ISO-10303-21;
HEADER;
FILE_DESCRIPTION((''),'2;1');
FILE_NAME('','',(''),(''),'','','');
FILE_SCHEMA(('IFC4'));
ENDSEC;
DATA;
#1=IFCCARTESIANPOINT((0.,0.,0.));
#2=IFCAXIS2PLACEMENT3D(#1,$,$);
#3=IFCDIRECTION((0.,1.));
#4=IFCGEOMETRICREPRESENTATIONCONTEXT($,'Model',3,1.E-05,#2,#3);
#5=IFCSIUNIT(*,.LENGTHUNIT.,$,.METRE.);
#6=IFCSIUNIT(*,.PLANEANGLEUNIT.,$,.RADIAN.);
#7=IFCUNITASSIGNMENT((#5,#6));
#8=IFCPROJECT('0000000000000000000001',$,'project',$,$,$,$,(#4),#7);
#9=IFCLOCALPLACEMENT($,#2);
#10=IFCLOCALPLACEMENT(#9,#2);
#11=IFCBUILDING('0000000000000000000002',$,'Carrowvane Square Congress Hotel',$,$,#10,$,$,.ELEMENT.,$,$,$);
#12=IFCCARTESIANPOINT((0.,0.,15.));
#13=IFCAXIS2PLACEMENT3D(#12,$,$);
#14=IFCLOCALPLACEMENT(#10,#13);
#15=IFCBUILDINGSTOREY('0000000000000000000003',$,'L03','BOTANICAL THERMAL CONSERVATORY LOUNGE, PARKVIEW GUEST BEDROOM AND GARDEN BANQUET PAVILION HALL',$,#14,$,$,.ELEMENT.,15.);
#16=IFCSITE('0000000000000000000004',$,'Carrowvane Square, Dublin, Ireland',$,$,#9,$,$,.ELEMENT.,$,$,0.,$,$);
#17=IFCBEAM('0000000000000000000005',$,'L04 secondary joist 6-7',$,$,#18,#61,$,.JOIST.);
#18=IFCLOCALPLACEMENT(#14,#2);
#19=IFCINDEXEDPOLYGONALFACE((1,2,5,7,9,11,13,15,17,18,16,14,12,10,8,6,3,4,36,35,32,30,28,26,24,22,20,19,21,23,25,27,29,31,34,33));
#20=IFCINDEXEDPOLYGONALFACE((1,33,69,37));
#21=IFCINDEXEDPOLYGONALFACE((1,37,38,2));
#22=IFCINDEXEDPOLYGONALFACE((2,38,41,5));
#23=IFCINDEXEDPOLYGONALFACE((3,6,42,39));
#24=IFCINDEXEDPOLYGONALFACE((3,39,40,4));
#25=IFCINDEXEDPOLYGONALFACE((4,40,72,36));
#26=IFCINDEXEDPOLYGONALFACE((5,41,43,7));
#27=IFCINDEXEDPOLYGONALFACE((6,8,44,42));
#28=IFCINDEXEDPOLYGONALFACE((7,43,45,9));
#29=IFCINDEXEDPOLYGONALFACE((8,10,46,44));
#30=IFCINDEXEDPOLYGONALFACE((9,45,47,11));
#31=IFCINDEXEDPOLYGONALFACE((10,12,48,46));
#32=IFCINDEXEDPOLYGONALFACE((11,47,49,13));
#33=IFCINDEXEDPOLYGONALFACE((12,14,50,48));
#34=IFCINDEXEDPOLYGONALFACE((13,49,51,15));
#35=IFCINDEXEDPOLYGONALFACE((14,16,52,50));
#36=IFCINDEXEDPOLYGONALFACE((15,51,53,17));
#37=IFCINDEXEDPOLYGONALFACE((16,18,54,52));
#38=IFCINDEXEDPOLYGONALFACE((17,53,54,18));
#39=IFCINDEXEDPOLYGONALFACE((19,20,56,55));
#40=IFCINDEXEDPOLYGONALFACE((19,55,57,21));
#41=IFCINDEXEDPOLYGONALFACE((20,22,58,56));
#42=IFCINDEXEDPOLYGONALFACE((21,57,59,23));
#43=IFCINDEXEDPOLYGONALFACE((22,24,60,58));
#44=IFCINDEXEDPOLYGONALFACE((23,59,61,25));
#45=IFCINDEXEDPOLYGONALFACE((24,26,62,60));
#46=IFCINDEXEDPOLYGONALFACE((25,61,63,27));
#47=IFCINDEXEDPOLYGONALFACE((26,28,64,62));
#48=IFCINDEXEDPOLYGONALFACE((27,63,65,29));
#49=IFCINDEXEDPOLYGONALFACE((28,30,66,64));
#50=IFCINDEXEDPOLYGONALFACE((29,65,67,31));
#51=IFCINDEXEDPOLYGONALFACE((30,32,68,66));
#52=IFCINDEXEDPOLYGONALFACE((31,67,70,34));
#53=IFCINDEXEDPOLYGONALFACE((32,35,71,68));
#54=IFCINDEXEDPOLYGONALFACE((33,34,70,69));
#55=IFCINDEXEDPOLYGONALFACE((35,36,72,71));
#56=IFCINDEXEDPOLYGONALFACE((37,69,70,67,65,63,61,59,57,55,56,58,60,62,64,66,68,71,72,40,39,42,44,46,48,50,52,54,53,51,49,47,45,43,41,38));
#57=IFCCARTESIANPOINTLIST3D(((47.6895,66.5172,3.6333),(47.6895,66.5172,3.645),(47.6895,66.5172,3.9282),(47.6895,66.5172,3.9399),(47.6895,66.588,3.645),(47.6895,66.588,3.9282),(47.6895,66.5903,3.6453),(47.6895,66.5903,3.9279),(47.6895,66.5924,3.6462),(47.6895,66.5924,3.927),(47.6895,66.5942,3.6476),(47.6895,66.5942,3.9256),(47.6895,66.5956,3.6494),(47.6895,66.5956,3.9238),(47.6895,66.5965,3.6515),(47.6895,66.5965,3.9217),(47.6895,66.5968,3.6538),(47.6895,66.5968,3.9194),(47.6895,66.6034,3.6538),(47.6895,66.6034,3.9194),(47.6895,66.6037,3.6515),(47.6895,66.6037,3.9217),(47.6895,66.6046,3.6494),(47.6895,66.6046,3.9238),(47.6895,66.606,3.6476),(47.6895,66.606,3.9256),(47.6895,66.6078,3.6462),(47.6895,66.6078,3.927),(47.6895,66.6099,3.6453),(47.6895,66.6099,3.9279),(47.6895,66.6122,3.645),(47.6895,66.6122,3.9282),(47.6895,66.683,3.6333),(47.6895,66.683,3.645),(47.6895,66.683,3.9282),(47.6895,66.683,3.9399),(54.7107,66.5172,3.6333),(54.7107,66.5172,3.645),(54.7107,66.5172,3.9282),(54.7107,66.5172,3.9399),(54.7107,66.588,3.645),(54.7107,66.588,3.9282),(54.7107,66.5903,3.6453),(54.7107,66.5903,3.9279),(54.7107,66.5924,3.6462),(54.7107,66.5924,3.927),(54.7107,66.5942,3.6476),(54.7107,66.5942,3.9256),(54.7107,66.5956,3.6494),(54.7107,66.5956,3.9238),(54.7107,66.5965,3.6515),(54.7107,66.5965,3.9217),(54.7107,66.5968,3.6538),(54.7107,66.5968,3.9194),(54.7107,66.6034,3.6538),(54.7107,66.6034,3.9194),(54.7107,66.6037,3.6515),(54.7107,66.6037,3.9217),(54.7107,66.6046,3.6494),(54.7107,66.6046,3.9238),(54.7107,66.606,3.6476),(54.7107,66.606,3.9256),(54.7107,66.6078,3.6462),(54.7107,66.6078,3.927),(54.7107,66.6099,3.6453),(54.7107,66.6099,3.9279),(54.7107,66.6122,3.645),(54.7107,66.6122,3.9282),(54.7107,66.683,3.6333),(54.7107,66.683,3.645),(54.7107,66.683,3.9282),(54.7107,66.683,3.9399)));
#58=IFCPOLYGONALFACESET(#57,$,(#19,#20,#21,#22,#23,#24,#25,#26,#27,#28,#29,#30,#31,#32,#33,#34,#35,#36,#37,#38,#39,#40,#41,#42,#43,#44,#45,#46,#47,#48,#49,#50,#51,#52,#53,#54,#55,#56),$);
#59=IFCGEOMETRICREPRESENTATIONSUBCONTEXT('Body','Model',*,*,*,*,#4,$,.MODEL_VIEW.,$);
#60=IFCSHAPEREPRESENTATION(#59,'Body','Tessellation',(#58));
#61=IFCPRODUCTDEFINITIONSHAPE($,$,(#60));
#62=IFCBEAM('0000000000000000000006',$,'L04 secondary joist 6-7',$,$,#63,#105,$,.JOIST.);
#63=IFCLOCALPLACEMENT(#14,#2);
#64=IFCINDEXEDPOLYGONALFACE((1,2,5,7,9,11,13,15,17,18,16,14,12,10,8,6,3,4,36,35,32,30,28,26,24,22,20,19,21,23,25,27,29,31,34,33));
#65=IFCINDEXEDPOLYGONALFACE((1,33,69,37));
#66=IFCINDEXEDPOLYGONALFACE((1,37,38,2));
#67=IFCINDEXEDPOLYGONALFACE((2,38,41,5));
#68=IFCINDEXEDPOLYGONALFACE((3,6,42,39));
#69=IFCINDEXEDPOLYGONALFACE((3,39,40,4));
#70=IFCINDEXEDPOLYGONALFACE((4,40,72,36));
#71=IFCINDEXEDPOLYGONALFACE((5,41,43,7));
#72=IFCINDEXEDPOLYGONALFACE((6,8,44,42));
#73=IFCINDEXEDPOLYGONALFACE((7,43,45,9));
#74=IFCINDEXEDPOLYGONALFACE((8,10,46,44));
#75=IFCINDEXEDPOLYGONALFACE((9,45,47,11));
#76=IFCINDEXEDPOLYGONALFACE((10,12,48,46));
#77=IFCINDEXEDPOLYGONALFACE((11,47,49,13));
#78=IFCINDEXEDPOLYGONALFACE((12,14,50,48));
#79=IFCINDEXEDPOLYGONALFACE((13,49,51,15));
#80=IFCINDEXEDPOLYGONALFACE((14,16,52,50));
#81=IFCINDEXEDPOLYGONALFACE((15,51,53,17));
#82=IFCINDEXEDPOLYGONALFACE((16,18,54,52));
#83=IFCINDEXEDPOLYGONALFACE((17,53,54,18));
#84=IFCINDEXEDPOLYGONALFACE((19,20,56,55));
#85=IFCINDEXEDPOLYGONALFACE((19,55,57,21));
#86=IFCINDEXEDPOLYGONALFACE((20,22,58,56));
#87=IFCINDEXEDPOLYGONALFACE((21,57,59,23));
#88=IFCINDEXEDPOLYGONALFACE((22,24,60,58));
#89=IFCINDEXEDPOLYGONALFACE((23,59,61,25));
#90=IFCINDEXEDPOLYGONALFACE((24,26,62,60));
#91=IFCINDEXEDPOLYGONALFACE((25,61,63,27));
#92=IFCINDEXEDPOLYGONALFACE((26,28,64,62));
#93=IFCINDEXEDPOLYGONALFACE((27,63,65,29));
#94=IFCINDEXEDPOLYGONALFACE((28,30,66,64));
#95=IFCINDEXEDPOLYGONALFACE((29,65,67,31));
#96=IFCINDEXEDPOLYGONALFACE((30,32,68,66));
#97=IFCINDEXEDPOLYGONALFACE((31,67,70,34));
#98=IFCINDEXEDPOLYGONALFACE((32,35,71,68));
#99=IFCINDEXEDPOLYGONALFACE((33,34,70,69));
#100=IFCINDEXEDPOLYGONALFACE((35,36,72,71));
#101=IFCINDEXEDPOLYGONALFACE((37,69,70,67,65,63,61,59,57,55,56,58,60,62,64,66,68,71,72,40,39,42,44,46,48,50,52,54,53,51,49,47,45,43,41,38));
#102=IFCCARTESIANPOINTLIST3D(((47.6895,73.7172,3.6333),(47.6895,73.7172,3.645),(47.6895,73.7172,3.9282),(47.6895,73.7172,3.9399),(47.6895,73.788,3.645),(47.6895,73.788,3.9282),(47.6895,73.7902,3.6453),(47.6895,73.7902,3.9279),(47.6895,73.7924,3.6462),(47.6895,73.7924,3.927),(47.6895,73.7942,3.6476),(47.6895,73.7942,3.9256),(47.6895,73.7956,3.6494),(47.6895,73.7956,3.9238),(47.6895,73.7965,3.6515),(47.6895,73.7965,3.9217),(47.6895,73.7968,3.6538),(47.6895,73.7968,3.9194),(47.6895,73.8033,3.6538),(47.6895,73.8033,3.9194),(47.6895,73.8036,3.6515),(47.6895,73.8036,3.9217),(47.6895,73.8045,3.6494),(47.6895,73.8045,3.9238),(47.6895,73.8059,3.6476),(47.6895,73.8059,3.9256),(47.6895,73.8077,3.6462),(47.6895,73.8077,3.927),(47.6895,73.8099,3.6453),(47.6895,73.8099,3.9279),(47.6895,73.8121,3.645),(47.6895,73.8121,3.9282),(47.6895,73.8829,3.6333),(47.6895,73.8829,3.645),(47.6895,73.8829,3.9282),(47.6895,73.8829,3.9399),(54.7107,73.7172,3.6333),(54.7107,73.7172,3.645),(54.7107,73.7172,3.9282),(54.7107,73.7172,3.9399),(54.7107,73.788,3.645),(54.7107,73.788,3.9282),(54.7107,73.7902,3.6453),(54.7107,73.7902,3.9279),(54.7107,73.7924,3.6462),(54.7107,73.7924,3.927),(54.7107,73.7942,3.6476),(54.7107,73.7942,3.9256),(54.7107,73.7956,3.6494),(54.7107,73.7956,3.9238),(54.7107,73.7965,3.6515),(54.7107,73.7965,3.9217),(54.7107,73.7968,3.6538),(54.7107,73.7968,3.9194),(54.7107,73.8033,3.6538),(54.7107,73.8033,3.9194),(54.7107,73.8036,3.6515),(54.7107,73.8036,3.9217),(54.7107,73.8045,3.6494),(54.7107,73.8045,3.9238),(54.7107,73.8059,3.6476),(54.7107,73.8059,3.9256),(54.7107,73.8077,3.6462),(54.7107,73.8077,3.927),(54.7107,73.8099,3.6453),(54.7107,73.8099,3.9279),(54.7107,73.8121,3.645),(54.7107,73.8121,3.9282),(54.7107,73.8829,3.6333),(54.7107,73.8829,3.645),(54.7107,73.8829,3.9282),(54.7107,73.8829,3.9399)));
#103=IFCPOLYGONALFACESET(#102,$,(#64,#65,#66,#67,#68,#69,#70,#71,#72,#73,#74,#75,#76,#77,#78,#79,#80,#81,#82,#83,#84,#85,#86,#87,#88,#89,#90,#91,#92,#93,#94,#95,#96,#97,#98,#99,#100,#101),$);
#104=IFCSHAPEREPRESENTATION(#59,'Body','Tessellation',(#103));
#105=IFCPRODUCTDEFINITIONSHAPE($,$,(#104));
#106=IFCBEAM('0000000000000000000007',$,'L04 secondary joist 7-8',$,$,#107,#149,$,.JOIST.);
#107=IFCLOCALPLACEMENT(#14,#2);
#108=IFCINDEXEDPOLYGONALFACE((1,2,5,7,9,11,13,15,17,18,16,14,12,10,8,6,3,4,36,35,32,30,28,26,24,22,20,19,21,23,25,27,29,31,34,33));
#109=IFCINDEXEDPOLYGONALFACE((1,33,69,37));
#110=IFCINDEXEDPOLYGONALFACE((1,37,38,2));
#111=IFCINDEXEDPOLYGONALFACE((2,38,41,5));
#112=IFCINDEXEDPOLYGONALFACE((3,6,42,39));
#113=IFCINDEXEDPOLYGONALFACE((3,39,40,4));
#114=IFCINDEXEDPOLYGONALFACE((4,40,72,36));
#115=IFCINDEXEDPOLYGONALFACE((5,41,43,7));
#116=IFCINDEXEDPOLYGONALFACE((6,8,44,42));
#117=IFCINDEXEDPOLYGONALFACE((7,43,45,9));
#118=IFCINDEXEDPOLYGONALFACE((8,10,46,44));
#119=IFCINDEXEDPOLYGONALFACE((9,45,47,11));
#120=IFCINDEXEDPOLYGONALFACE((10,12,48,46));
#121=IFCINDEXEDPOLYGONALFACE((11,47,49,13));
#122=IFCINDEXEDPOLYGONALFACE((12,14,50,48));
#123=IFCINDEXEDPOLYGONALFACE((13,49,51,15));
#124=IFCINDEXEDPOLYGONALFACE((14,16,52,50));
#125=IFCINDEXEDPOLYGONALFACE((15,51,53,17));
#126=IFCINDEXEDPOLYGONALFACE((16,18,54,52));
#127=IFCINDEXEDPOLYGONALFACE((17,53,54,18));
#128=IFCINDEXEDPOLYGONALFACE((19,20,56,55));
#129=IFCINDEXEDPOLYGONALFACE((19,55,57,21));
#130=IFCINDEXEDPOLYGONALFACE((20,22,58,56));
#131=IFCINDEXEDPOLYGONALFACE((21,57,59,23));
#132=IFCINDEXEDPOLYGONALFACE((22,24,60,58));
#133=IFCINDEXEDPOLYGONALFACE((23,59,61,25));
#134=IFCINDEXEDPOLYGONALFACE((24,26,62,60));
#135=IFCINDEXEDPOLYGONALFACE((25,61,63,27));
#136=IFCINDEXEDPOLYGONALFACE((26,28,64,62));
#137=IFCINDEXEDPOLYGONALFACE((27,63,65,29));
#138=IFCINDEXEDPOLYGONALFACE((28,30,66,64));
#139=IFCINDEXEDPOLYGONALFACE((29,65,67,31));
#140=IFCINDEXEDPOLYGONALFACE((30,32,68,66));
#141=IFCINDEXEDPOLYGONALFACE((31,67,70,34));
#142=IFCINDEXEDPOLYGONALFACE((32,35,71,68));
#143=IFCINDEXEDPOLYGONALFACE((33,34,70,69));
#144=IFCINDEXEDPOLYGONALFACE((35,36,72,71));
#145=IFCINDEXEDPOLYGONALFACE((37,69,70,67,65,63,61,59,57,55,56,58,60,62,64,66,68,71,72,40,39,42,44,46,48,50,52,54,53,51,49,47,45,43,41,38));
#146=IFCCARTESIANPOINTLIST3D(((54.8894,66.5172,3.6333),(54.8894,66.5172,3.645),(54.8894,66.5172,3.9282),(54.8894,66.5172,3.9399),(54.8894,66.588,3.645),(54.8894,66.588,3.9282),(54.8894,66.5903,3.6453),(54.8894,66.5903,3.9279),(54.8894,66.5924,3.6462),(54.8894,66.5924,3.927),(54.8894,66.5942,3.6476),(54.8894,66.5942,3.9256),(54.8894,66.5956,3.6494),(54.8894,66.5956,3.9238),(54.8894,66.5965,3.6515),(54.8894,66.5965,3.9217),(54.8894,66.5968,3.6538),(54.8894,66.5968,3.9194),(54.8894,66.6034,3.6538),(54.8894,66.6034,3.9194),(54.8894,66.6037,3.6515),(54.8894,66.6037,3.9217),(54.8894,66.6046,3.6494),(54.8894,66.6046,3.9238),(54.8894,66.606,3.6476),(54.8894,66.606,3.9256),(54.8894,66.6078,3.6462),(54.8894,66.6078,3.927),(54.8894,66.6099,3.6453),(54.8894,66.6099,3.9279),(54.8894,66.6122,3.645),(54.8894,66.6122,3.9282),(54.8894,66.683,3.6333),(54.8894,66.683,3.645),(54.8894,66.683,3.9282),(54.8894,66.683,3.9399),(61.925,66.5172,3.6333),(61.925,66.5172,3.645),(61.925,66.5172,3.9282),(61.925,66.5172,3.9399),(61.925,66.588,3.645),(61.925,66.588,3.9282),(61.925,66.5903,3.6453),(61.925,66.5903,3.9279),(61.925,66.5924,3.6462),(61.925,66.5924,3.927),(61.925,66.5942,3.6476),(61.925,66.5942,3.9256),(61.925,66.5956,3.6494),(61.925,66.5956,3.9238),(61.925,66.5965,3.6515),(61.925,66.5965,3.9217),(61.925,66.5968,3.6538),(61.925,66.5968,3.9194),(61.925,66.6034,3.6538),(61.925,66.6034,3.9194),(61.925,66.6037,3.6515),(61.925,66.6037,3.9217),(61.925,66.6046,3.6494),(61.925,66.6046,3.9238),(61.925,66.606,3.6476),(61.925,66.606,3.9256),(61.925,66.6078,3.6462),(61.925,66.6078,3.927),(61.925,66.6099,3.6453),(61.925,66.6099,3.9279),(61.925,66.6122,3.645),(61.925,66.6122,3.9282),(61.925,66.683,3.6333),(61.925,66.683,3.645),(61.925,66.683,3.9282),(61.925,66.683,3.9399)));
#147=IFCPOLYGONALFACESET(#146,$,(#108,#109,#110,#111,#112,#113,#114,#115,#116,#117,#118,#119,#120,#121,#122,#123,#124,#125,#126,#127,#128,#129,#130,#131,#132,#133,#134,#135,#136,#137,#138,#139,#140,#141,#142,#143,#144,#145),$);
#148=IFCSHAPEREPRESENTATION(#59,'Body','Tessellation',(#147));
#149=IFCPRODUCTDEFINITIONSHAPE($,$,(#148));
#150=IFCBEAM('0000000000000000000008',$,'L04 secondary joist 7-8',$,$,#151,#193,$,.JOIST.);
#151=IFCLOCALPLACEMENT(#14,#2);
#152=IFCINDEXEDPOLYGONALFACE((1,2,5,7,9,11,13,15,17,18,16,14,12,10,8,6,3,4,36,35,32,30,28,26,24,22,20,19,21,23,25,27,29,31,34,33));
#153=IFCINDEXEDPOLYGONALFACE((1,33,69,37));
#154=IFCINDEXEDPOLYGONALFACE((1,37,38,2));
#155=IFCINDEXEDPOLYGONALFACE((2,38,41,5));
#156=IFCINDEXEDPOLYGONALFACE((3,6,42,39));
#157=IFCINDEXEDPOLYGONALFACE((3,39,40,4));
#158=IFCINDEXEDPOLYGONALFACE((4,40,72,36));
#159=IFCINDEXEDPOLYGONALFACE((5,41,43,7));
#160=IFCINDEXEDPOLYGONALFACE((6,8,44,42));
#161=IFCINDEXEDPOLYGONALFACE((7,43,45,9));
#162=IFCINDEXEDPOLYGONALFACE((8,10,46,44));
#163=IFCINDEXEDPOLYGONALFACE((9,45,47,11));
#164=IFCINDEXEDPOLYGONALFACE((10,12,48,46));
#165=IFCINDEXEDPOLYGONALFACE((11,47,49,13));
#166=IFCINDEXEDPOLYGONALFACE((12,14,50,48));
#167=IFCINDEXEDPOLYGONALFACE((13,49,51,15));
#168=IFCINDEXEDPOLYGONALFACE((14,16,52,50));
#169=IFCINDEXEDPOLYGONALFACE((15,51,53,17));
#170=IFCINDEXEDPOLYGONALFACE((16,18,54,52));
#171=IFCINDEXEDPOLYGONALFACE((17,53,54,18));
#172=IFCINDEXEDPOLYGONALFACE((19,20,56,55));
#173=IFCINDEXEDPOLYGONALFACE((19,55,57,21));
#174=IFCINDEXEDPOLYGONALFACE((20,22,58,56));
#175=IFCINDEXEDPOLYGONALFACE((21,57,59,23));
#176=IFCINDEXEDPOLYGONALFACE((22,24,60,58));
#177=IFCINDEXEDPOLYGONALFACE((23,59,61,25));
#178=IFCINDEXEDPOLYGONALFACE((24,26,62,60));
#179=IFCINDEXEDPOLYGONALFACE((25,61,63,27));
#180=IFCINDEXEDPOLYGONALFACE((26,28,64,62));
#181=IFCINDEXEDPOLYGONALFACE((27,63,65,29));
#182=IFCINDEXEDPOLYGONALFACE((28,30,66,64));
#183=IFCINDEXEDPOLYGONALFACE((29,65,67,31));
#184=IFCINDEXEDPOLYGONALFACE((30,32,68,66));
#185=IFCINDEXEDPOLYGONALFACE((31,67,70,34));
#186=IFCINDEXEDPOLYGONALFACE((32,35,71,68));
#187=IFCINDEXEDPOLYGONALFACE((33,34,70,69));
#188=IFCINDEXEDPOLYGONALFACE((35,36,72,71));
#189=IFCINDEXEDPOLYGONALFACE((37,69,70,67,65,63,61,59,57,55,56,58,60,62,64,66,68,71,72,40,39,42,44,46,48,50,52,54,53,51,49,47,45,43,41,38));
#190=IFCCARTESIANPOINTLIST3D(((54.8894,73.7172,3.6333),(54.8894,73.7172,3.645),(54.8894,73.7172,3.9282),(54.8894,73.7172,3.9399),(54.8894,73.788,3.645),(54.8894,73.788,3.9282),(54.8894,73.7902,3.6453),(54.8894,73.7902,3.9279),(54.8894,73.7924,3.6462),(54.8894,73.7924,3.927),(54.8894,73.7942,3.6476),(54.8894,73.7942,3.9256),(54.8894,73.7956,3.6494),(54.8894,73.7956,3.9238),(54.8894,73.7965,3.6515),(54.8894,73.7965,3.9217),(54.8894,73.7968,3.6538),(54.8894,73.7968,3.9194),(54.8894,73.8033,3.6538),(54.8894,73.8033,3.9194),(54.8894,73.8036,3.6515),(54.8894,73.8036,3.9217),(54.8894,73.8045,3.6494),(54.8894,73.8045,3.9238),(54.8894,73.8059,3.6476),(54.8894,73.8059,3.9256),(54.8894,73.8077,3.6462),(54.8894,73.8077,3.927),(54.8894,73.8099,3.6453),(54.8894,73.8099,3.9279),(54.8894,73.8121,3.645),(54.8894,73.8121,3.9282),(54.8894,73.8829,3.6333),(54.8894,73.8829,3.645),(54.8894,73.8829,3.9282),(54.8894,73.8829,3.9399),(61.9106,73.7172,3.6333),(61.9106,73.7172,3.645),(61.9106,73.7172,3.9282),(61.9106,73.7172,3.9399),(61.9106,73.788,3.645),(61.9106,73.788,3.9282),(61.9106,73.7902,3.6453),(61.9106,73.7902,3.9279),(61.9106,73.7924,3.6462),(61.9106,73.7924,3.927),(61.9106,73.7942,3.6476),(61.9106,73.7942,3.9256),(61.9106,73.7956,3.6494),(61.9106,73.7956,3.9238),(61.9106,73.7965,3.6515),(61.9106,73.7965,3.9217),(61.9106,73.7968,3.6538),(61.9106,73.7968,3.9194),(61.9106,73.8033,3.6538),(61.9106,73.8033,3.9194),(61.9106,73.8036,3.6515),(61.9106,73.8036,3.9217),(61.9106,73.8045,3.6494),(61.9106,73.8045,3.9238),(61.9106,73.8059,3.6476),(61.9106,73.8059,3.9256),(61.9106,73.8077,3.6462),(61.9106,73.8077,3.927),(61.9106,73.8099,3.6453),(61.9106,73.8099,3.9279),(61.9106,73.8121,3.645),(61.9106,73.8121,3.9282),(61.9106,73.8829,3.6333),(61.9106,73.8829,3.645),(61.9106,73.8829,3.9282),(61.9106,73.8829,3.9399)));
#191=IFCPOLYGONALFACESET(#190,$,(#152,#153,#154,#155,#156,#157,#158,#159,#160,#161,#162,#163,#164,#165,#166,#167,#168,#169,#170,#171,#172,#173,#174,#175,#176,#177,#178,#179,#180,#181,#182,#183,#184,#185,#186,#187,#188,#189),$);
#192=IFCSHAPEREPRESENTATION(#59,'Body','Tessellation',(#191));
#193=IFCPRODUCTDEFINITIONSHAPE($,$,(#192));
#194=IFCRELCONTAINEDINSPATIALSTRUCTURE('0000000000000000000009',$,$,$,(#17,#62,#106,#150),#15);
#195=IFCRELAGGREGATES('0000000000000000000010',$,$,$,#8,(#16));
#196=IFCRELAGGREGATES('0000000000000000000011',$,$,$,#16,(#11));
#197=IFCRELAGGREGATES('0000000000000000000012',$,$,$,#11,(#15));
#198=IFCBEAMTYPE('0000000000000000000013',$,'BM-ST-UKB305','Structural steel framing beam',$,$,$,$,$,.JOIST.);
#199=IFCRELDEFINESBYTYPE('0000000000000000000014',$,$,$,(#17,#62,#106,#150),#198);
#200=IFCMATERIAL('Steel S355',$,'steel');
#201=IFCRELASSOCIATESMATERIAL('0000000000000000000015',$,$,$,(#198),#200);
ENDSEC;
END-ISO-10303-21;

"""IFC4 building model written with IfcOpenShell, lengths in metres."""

from ifc_helpers import new_model, si_unit, direction, frame, origin, origin_2d, place, context, subcontext, project, spatial, i_section, extrude, material, material_profile, profile_set, type_object, element, save


model = new_model("IFC4")

# Units and contexts
model_context = context("Model", 3, precision=1e-05, world=origin(), true_north=direction((0.0, 1.0)))
body_context = subcontext(model_context, "Body", "Model", "MODEL_VIEW")
ifc_project = project(units=[si_unit("LENGTHUNIT", "METRE"), si_unit("PLANEANGLEUNIT", "RADIAN")], contexts=[model_context])

# Site, building, storey
site_placement = place(None, origin())
site = spatial("IfcSite", under=ifc_project, at=site_placement, Name="Carrowvane Square, Dublin, Ireland", CompositionType="ELEMENT", RefElevation=0.0)
building_placement = place(site_placement, origin())
building = spatial("IfcBuilding", under=site, at=building_placement, Name="Carrowvane Square Congress Hotel", CompositionType="ELEMENT")
storey_placement = place(building_placement, frame((0.0, 0.0, 15.0)))
storey = spatial("IfcBuildingStorey", under=building, at=storey_placement, Name="L03", Description="BOTANICAL THERMAL CONSERVATORY LOUNGE, PARKVIEW GUEST BEDROOM AND GARDEN BANQUET PAVILION HALL", CompositionType="ELEMENT", Elevation=15.0)

# Beams
ifc_material_1 = material(Name="Steel S355", Category="steel")
ifc_material_profile_1 = material_profile(ifc_material_1, i_section(OverallWidth=0.1658, OverallDepth=0.3066, WebThickness=0.0066, FlangeThickness=0.0117, FilletRadius=0.0088, at=origin_2d()), Name="UKB 305x165x46")
ifc_profile_set_1 = profile_set([ifc_material_profile_1], Name="Steel S355")
beam_type_1 = type_object("IfcBeamType", Name="BM-ST-UKB305", Description="Structural steel framing beam", PredefinedType="JOIST", material=ifc_profile_set_1)
for number, where, z_axis, x_axis, name in (
    (1, (47.6895, 66.6001, 3.7866), (1.0, 0.0, 0.0), (0.0, 1.0, 0.0), "L04 secondary joist 6-7"),
    (2, (47.6895, 73.8, 3.7866), (1.0, 0.0, 0.0), (0.0, 1.0, 0.0), "L04 secondary joist 6-7"),
):
    element("IfcBeam", number, at=place(storey_placement, frame(where, z_axis=z_axis, x_axis=x_axis)), inside=storey, type_object=beam_type_1, Name=name, PredefinedType="JOIST", context=body_context, shape_type="SweptSolid", body=[
        extrude(i_section(OverallWidth=0.1658, OverallDepth=0.3066, WebThickness=0.0066, FlangeThickness=0.0117, FilletRadius=0.0088, at=origin_2d()), origin(), (0.0, 0.0, 1.0), 7.0212),
    ])
beam_1_placement = place(storey_placement, frame((54.8894, 66.6001, 3.7866), z_axis=(1.0, 0.0, 0.0), x_axis=(0.0, 1.0, 0.0)))
element("IfcBeam", 3, at=beam_1_placement, inside=storey, type_object=beam_type_1, Name="L04 secondary joist 7-8", PredefinedType="JOIST", context=body_context, shape_type="SweptSolid", body=[
    extrude(i_section(OverallWidth=0.1658, OverallDepth=0.3066, WebThickness=0.0066, FlangeThickness=0.0117, FilletRadius=0.0088, at=origin_2d()), origin(), (0.0, 0.0, 1.0), 7.0356),
])
beam_2_placement = place(storey_placement, frame((54.8894, 73.8, 3.7866), z_axis=(1.0, 0.0, 0.0), x_axis=(0.0, 1.0, 0.0)))
element("IfcBeam", 4, at=beam_2_placement, inside=storey, type_object=beam_type_1, Name="L04 secondary joist 7-8", PredefinedType="JOIST", context=body_context, shape_type="SweptSolid", body=[
    extrude(i_section(OverallWidth=0.1658, OverallDepth=0.3066, WebThickness=0.0066, FlangeThickness=0.0117, FilletRadius=0.0088, at=origin_2d()), origin(), (0.0, 0.0, 1.0), 7.0212),
])

save(model, "model.ifc")
